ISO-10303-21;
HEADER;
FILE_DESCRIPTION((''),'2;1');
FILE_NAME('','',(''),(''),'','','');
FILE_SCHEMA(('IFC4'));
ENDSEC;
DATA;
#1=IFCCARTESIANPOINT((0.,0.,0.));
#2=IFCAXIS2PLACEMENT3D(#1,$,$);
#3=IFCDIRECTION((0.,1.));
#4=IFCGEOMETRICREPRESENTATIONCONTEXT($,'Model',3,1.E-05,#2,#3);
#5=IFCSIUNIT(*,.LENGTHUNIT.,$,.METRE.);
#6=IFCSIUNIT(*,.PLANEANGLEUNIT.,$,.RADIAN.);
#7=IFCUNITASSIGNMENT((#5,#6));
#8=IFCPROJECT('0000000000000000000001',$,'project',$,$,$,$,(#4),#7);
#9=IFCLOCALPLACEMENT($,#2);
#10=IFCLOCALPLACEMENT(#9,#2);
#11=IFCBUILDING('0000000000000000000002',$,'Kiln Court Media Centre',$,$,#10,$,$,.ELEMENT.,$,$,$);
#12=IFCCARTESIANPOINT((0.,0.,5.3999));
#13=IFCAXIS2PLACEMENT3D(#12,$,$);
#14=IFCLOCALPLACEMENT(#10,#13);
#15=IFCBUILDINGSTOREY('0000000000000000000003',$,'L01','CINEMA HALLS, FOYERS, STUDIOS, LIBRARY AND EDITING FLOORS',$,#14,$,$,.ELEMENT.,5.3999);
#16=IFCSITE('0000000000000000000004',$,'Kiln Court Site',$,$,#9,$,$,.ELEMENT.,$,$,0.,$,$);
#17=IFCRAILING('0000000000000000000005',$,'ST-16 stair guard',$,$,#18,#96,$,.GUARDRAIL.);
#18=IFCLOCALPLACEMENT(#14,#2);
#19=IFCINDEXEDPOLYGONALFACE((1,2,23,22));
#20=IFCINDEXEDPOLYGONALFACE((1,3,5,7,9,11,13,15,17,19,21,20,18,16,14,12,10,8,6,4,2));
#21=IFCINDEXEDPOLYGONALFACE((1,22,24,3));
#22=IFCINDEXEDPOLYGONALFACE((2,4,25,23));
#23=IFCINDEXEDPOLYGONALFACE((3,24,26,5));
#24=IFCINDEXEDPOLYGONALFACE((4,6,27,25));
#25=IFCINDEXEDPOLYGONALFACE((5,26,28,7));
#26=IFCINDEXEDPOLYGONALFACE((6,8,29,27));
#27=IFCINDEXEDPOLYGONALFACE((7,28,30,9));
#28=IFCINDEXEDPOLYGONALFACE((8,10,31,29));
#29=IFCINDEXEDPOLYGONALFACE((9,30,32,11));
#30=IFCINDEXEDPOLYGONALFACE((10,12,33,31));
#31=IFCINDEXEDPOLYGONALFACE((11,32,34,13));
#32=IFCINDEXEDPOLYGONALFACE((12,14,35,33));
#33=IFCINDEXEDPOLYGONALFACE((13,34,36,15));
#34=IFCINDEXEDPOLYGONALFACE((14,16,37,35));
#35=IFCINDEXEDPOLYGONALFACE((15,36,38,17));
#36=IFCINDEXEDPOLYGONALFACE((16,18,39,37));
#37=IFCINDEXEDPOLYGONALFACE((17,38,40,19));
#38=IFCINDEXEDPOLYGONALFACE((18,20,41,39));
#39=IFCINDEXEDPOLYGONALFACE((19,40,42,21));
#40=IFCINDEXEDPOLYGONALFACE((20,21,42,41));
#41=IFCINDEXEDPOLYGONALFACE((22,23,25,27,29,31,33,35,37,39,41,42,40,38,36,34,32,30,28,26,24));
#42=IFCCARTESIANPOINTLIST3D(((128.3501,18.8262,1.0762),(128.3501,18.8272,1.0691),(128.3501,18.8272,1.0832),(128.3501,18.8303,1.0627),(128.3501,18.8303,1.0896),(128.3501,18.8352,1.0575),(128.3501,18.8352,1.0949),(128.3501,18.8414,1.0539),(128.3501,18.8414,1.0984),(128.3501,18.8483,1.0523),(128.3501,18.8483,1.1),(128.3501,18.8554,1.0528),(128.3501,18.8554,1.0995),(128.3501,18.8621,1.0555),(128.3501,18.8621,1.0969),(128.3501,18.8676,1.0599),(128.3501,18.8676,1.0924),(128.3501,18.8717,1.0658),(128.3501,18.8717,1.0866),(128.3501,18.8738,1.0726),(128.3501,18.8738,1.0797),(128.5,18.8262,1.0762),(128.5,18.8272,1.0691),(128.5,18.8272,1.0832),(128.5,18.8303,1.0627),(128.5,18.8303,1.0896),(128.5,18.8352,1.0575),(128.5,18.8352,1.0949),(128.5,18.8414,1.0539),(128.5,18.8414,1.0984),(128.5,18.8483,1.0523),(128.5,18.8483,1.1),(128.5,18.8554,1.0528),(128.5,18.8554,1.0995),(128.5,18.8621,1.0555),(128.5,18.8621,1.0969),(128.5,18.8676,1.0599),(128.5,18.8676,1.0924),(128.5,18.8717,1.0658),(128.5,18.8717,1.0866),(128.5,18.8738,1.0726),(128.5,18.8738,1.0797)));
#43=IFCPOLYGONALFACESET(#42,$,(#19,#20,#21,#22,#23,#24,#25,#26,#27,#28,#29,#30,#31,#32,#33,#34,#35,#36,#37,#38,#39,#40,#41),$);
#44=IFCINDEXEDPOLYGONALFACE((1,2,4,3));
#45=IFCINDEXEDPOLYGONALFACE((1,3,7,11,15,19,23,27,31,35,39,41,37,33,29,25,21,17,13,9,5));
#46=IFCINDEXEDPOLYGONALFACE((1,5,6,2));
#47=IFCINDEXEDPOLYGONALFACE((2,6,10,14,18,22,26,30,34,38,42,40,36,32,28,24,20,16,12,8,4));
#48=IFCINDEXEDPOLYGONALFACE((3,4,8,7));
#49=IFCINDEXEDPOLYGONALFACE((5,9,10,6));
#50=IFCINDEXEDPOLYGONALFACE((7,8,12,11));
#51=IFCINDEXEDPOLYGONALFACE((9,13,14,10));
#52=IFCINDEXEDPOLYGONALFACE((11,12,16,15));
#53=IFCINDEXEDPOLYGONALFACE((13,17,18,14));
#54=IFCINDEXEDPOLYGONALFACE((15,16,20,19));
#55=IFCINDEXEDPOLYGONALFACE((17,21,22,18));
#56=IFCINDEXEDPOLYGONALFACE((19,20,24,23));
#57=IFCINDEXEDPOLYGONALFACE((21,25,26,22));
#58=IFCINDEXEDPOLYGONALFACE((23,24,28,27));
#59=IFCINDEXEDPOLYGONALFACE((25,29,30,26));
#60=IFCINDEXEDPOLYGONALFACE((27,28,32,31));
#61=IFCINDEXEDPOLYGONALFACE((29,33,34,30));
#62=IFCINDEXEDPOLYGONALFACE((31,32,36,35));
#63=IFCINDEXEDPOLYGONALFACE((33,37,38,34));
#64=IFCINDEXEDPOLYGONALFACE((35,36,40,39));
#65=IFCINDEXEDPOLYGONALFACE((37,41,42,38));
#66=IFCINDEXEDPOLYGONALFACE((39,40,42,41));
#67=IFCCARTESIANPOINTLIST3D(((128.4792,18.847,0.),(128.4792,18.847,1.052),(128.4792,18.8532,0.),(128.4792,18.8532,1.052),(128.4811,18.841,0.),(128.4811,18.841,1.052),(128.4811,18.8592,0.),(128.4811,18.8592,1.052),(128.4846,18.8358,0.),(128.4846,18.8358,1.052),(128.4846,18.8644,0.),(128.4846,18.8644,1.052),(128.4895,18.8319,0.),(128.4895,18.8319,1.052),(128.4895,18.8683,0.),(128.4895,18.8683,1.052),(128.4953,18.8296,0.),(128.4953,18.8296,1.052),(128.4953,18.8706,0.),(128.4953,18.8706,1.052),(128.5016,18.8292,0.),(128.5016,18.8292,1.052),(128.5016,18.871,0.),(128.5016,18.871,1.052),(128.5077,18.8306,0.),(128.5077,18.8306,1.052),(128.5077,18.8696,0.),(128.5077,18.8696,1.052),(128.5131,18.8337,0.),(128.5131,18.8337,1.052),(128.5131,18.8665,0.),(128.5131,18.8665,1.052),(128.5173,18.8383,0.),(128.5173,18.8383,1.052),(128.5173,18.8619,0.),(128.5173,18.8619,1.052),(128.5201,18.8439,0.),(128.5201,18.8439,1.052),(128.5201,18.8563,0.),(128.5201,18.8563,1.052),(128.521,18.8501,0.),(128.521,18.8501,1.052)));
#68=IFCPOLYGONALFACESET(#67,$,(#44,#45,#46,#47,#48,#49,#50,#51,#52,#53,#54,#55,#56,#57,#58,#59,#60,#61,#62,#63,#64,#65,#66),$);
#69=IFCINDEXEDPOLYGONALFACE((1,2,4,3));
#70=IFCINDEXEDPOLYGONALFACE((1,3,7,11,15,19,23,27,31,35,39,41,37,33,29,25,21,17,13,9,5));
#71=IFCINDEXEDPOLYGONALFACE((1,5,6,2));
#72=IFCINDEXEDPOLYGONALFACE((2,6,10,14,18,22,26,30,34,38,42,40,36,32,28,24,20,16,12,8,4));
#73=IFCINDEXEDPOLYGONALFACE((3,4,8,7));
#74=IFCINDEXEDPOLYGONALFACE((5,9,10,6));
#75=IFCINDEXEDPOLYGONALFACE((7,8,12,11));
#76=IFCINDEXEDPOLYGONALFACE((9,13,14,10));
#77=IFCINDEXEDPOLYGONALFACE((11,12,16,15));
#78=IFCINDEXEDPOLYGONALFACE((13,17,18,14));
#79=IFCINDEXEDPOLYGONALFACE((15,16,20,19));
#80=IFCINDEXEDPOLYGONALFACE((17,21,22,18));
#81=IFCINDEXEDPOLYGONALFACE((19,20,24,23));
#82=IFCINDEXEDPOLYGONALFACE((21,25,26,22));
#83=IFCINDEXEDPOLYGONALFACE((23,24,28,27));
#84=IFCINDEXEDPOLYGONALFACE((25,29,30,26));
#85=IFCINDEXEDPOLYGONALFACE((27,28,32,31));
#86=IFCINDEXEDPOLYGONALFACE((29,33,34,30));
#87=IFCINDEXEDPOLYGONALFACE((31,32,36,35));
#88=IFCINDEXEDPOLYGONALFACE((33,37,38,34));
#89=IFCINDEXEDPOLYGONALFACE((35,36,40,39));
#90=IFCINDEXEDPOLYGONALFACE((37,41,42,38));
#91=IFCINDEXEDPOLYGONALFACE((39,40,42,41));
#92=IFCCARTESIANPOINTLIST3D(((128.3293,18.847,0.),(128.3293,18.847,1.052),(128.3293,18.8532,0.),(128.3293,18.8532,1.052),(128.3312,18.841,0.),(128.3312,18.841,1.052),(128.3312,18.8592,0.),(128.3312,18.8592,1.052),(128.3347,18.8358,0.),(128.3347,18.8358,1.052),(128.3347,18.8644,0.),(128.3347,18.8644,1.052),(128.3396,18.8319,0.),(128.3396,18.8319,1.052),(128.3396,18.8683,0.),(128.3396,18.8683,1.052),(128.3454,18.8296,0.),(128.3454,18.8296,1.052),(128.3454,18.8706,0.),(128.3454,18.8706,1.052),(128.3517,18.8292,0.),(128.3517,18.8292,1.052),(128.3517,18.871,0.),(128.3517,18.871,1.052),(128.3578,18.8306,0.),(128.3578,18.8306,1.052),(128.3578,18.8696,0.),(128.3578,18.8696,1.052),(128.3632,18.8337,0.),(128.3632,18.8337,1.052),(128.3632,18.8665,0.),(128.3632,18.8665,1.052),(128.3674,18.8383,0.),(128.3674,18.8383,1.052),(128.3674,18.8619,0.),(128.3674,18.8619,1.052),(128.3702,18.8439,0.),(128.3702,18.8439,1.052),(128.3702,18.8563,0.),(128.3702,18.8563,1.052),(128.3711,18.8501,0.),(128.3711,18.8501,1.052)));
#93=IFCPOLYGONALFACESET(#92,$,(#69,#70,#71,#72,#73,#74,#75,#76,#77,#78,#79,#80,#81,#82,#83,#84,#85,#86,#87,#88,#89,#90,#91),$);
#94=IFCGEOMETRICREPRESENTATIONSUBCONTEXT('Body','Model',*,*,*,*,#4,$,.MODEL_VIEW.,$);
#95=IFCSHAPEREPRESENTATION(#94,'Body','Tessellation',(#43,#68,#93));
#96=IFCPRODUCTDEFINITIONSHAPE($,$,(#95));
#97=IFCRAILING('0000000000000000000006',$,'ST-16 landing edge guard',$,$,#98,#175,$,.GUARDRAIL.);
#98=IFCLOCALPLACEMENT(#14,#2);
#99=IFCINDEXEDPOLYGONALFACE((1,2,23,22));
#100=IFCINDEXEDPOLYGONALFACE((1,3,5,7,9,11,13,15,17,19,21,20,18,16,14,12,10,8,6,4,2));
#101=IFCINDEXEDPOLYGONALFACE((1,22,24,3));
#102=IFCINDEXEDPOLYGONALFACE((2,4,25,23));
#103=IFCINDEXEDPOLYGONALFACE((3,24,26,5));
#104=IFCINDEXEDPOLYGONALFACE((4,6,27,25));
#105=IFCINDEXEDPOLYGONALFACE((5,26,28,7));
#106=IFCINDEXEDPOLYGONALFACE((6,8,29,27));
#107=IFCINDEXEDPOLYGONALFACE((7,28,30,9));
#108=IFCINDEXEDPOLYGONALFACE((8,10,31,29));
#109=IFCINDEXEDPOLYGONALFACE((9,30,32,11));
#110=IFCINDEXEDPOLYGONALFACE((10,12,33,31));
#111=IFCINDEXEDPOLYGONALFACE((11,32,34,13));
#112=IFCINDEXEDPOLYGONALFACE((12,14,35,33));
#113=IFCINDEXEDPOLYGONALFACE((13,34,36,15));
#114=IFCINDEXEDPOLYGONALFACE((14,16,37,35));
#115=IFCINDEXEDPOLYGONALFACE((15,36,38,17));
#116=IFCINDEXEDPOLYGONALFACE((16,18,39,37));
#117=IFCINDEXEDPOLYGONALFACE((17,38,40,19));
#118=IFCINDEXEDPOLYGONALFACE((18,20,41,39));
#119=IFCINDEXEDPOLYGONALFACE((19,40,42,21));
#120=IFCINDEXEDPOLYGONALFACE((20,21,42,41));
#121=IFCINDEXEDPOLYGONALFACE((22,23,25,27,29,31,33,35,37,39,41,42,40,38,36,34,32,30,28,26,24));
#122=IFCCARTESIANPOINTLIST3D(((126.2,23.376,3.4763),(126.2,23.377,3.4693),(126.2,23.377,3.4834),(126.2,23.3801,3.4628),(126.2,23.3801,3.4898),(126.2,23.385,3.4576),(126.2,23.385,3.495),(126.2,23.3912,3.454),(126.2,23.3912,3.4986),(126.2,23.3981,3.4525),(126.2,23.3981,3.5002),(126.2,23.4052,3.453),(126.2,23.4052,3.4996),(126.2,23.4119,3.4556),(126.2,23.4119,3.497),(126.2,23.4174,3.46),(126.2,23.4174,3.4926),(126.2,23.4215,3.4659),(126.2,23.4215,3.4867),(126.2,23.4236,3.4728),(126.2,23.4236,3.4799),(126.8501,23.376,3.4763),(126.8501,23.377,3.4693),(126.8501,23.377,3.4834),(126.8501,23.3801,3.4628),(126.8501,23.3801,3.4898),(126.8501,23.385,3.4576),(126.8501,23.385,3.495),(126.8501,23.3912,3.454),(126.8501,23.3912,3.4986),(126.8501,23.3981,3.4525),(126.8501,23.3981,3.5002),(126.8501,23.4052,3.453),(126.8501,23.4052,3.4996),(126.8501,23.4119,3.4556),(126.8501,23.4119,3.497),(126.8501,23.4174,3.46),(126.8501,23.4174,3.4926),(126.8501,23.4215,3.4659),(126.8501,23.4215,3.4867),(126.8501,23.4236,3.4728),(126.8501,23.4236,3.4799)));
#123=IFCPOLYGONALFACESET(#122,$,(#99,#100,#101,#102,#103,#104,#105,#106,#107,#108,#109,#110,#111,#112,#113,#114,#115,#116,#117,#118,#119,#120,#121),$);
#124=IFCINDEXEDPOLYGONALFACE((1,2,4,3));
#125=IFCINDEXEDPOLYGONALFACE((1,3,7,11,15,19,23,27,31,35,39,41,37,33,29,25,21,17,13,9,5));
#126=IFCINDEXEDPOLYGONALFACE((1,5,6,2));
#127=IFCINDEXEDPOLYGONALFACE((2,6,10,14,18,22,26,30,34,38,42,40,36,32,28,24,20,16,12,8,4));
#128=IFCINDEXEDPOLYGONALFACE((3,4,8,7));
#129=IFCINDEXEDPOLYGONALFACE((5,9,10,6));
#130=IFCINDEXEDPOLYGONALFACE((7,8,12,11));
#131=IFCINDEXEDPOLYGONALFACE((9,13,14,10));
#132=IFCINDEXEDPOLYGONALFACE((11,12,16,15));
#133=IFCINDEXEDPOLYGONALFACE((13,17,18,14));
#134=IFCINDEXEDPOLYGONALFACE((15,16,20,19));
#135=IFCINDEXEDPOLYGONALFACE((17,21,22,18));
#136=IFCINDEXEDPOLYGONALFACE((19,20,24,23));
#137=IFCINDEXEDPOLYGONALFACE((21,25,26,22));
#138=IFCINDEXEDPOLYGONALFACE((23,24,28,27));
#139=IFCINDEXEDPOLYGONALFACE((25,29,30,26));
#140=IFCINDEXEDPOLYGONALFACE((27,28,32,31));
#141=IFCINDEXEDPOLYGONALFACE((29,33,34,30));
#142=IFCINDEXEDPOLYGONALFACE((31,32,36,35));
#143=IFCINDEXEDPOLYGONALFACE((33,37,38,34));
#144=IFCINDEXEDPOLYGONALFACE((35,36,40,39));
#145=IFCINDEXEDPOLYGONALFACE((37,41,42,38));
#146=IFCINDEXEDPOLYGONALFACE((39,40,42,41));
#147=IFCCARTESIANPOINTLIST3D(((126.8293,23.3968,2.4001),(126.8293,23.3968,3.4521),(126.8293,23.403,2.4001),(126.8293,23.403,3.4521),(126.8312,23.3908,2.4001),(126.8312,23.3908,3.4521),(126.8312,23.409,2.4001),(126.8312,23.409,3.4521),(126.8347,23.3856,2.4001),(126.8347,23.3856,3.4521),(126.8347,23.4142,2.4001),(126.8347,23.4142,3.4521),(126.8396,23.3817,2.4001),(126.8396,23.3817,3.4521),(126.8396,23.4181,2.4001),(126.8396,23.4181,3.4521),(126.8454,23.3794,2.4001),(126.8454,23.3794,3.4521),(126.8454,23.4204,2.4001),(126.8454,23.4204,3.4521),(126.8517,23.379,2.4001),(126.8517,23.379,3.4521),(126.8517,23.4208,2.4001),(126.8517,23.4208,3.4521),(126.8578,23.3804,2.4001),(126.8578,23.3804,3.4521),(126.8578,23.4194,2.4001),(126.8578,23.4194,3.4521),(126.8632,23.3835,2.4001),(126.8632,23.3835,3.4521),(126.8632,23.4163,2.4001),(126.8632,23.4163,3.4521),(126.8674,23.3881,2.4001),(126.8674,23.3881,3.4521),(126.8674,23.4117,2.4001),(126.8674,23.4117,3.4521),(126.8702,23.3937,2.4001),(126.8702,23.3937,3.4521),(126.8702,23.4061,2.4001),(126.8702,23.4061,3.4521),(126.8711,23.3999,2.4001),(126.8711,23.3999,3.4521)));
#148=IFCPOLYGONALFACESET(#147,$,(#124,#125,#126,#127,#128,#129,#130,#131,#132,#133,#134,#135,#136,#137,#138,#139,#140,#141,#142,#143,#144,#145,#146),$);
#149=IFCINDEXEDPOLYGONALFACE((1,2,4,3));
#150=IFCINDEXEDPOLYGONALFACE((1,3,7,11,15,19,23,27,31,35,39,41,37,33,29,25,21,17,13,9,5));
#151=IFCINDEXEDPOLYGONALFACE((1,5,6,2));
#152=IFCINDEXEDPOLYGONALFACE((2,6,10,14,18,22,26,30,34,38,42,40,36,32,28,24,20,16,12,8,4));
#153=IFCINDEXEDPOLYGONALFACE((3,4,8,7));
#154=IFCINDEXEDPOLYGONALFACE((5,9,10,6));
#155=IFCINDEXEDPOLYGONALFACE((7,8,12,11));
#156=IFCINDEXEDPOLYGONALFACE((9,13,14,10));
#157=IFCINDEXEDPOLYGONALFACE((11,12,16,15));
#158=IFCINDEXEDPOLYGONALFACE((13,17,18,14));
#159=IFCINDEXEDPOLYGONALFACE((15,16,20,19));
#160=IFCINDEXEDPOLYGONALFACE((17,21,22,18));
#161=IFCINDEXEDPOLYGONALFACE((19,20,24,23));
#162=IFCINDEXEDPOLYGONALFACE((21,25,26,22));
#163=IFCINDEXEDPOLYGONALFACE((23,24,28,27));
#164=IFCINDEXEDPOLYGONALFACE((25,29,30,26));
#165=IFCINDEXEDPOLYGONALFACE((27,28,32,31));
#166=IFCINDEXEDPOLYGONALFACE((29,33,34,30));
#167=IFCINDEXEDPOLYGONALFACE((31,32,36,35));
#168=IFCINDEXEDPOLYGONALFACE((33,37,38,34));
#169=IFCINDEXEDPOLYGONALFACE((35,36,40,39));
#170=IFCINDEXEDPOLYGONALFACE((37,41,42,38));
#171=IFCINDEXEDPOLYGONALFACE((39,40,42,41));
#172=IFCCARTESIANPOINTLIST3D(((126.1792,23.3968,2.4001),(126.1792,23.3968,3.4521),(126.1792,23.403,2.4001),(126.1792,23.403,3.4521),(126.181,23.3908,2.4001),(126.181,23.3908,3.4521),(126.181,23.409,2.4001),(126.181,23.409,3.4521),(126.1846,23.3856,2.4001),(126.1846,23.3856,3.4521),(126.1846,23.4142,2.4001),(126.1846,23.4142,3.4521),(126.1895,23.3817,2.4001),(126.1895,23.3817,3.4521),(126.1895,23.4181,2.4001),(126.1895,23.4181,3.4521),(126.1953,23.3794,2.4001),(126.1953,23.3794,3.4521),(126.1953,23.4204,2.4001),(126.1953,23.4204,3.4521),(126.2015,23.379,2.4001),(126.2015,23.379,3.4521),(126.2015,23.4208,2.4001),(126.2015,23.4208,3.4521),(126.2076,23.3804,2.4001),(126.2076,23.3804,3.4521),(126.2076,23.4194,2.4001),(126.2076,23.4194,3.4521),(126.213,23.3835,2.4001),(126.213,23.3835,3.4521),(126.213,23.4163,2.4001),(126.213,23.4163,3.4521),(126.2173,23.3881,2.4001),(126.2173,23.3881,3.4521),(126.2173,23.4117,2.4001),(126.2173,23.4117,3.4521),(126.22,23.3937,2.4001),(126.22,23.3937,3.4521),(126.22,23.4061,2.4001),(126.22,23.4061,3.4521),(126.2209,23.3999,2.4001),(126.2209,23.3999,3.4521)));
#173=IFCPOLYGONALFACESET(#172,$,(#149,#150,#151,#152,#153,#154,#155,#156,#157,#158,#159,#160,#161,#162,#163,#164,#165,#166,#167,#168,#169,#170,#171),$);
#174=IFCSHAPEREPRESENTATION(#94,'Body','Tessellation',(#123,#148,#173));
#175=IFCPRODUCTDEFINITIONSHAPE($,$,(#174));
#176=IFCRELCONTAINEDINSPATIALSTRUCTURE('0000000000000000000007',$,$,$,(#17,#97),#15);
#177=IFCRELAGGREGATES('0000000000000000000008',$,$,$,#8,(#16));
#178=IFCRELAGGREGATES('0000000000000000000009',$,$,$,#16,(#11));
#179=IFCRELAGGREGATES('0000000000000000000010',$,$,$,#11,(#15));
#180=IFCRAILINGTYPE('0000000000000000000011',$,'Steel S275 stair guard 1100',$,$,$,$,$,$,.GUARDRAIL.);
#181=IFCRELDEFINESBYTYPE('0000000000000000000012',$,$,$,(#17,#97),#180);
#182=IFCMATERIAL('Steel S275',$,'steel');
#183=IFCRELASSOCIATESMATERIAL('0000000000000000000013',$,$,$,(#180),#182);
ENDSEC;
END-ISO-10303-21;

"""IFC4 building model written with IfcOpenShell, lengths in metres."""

from ifc_helpers import new_model, si_unit, direction, frame, origin, origin_2d, place, context, subcontext, project, spatial, circle, extrude, material, type_object, element, save


model = new_model("IFC4")

# Units and contexts
model_context = context("Model", 3, precision=1e-05, world=origin(), true_north=direction((0.0, 1.0)))
body_context = subcontext(model_context, "Body", "Model", "MODEL_VIEW")
ifc_project = project(units=[si_unit("LENGTHUNIT", "METRE"), si_unit("PLANEANGLEUNIT", "RADIAN")], contexts=[model_context])

# Site, building, storey
site_placement = place(None, origin())
site = spatial("IfcSite", under=ifc_project, at=site_placement, Name="Kiln Court Site", CompositionType="ELEMENT", RefElevation=0.0)
building_placement = place(site_placement, origin())
building = spatial("IfcBuilding", under=site, at=building_placement, Name="Kiln Court Media Centre", CompositionType="ELEMENT")
storey_placement = place(building_placement, frame((0.0, 0.0, 5.3999)))
storey = spatial("IfcBuildingStorey", under=building, at=storey_placement, Name="L01", Description="CINEMA HALLS, FOYERS, STUDIOS, LIBRARY AND EDITING FLOORS", CompositionType="ELEMENT", Elevation=5.3999)

# Railings
ifc_material_1 = material(Name="Steel S275", Category="steel")
railing_type_1 = type_object("IfcRailingType", Name="Steel S275 stair guard 1100", PredefinedType="GUARDRAIL", material=ifc_material_1)
railing_1_placement = place(storey_placement, frame((128.5, 18.8501, 0.0)))
element("IfcRailing", 1, at=railing_1_placement, inside=storey, type_object=railing_type_1, Name="ST-16 stair guard", PredefinedType="GUARDRAIL", context=body_context, shape_type="SweptSolid", body=[
    extrude(circle(Radius=0.0239, at=origin_2d()), frame((0.0, 0.0, 1.0762), z_axis=(-1.0, 0.0, 0.0), x_axis=(0.0, -1.0, 0.0)), (0.0, 0.0, 1.0), 0.1499),
    extrude(circle(Radius=0.021, at=origin_2d()), origin(), (0.0, 0.0, 1.0), 1.052),
    extrude(circle(Radius=0.021, at=origin_2d()), frame((-0.1499, 0.0, 0.0)), (0.0, 0.0, 1.0), 1.052),
])
for number, where, name in (
    (2, (126.8501, 23.3999, 2.4001), "ST-16 landing edge guard"),
):
    element("IfcRailing", number, at=place(storey_placement, frame(where)), inside=storey, type_object=railing_type_1, Name=name, PredefinedType="GUARDRAIL", context=body_context, shape_type="SweptSolid", body=[
        extrude(circle(Radius=0.0239, at=origin_2d()), frame((0.0, 0.0, 1.0762), z_axis=(-1.0, 0.0, 0.0), x_axis=(0.0, -1.0, 0.0)), (0.0, 0.0, 1.0), 0.6501),
        extrude(circle(Radius=0.021, at=origin_2d()), origin(), (0.0, 0.0, 1.0), 1.052),
        extrude(circle(Radius=0.021, at=origin_2d()), frame((-0.6501, 0.0, 0.0)), (0.0, 0.0, 1.0), 1.052),
    ])

save(model, "model.ifc")
